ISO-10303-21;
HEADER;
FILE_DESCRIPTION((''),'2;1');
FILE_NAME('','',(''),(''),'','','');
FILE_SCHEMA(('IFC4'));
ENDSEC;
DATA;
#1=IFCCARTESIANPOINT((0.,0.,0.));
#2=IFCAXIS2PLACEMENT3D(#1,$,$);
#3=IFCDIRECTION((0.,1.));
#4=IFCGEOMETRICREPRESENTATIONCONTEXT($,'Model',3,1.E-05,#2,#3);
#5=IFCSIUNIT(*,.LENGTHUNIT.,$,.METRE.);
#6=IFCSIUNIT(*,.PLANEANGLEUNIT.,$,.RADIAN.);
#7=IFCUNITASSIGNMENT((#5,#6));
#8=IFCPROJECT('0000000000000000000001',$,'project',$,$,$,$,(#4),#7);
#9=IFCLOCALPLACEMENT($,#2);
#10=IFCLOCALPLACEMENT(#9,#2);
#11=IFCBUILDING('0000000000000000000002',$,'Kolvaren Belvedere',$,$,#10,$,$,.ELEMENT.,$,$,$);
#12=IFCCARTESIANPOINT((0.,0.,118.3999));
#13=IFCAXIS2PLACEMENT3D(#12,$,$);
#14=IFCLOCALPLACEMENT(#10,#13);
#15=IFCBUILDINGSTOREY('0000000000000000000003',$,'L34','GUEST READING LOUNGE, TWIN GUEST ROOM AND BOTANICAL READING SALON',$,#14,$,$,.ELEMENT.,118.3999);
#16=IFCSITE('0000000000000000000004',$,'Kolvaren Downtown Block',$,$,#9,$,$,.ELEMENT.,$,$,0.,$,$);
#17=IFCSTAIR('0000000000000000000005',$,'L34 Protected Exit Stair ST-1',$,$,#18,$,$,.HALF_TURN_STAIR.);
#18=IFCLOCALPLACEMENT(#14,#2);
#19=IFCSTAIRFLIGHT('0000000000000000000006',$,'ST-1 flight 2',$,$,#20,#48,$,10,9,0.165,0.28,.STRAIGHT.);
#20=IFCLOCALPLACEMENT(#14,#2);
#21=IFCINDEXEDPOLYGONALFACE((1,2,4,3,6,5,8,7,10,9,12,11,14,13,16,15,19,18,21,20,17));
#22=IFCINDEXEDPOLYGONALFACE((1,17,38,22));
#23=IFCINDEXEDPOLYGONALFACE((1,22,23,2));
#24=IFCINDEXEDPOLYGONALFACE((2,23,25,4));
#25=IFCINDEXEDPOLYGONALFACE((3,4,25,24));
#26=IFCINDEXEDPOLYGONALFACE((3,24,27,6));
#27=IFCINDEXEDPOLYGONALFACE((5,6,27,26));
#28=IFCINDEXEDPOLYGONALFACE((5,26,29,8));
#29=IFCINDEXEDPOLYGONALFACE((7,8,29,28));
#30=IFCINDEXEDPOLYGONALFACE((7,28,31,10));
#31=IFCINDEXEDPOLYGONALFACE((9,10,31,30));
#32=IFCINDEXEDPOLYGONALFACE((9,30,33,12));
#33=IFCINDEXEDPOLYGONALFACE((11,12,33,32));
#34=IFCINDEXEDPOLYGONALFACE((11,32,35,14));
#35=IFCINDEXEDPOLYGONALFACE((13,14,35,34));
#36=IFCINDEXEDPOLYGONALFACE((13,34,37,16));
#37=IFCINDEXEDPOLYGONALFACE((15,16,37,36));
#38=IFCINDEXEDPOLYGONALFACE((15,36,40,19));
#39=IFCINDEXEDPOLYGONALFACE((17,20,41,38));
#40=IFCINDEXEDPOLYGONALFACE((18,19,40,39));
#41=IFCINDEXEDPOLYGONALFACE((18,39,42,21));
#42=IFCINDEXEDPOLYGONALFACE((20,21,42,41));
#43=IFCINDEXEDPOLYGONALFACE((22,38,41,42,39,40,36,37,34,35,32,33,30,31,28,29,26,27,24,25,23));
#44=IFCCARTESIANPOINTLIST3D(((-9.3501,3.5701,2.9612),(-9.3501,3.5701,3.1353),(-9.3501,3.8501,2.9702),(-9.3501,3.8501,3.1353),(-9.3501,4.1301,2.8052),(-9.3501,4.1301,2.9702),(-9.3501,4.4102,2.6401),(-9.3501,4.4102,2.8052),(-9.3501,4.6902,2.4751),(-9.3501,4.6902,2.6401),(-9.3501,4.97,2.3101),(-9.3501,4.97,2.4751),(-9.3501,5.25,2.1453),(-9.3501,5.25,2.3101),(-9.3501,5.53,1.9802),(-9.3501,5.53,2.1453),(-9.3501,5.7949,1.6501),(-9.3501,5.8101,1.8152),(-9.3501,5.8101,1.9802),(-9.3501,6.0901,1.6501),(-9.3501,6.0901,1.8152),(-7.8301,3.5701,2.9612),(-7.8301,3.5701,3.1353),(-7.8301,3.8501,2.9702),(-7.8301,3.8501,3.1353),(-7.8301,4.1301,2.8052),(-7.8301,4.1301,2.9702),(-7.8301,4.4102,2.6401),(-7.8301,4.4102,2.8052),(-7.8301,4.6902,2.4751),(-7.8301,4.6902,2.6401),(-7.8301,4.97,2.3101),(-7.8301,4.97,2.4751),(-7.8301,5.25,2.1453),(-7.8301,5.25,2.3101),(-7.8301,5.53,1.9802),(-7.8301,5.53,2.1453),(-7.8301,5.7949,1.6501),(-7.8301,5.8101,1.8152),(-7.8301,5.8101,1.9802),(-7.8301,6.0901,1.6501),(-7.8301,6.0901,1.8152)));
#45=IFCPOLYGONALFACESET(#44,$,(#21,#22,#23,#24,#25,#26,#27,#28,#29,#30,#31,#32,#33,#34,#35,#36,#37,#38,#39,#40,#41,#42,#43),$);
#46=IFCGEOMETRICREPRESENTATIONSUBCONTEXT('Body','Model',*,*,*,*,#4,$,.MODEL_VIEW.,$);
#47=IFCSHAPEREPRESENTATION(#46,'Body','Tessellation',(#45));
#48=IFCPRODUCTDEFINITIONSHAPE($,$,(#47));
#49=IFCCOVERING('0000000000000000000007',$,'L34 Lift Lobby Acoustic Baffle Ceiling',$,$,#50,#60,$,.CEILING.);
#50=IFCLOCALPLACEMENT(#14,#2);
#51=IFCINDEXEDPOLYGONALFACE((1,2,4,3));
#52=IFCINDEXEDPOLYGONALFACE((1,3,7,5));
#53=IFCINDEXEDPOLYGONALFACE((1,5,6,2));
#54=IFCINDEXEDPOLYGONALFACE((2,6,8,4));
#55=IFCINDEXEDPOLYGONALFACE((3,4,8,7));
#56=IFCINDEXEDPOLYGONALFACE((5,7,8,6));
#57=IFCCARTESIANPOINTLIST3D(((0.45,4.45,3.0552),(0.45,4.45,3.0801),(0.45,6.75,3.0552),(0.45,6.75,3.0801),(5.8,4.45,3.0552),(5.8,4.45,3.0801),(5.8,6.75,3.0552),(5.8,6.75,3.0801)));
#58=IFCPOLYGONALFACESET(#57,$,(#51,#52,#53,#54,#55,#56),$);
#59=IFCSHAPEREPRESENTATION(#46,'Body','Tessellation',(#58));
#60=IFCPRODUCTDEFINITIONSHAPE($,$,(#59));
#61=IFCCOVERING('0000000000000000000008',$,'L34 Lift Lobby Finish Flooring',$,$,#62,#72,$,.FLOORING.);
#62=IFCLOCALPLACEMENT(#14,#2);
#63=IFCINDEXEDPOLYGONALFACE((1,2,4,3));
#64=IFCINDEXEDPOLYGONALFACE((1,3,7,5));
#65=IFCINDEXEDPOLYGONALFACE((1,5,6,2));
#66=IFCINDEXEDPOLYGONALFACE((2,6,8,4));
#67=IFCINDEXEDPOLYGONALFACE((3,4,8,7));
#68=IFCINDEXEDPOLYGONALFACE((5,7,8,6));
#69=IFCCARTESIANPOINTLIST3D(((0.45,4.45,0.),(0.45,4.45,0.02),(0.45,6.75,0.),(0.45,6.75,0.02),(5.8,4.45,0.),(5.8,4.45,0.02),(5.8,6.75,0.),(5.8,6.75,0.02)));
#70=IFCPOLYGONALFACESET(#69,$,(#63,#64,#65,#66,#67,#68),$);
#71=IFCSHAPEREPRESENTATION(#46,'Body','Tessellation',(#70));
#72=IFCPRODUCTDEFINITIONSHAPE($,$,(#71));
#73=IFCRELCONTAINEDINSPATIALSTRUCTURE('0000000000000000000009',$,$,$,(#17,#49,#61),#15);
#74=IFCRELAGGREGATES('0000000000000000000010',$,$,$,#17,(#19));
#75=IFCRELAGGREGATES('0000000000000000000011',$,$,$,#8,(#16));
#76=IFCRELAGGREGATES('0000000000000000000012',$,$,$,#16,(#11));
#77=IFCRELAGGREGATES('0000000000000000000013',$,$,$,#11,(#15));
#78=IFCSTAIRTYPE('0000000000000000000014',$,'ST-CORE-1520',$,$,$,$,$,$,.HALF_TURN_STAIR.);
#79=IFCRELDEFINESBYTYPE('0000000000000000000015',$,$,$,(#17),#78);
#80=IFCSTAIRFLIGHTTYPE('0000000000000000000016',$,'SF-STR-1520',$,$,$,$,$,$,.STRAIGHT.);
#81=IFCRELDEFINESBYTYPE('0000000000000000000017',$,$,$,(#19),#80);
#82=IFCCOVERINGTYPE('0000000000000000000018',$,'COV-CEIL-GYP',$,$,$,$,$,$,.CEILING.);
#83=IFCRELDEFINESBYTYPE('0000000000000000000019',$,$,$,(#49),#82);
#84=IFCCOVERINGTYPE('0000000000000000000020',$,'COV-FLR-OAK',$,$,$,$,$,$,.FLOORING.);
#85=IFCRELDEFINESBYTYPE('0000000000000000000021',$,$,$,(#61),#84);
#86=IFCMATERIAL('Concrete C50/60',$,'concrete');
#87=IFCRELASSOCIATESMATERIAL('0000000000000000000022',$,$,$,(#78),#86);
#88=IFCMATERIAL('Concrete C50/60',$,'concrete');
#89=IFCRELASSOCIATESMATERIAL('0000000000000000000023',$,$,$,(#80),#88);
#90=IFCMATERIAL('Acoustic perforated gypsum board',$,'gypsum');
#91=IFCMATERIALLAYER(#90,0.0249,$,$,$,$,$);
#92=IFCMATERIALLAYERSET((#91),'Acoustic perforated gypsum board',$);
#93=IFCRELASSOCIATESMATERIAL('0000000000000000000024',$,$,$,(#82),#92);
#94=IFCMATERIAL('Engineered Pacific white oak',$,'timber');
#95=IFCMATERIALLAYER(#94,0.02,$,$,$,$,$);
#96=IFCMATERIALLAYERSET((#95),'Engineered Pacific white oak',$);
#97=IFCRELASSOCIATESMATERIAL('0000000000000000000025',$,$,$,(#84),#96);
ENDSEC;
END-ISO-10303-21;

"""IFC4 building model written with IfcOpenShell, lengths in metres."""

from ifc_helpers import new_model, si_unit, direction, frame, origin, place, context, subcontext, project, spatial, polyline, outline, extrude, material, layer, layer_set, type_object, element, aggregate, save


model = new_model("IFC4")

# Units and contexts
model_context = context("Model", 3, precision=1e-05, world=origin(), true_north=direction((0.0, 1.0)))
body_context = subcontext(model_context, "Body", "Model", "MODEL_VIEW")
ifc_project = project(units=[si_unit("LENGTHUNIT", "METRE"), si_unit("PLANEANGLEUNIT", "RADIAN")], contexts=[model_context])

# Site, building, storey
site_placement = place(None, origin())
site = spatial("IfcSite", under=ifc_project, at=site_placement, Name="Kolvaren Downtown Block", CompositionType="ELEMENT", RefElevation=0.0)
building_placement = place(site_placement, origin())
building = spatial("IfcBuilding", under=site, at=building_placement, Name="Kolvaren Belvedere", CompositionType="ELEMENT")
storey_placement = place(building_placement, frame((0.0, 0.0, 118.3999)))
storey = spatial("IfcBuildingStorey", under=building, at=storey_placement, Name="L34", Description="GUEST READING LOUNGE, TWIN GUEST ROOM AND BOTANICAL READING SALON", CompositionType="ELEMENT", Elevation=118.3999)

# Stair
ifc_material_1 = material(Name="Concrete C50/60", Category="concrete")
stair_type = type_object("IfcStairType", Name="ST-CORE-1520", PredefinedType="HALF_TURN_STAIR", material=ifc_material_1)
stair_1_placement = place(storey_placement, origin())
stair_1 = element("IfcStair", 1, at=stair_1_placement, inside=storey, type_object=stair_type, Name="L34 Protected Exit Stair ST-1", PredefinedType="HALF_TURN_STAIR")

# Stair flight
ifc_material_2 = material(Name="Concrete C50/60", Category="concrete")
stair_flight_type = type_object("IfcStairFlightType", Name="SF-STR-1520", PredefinedType="STRAIGHT", material=ifc_material_2)
stair_flight_1_placement = place(storey_placement, frame((-8.5901, 6.0901, 1.6501), z_axis=(0.0, 0.0, 1.0), x_axis=(0.0, -1.0, 0.0)))
stair_flight_1 = element("IfcStairFlight", 2, at=stair_flight_1_placement, type_object=stair_flight_type, Name="ST-1 flight 2", NumberOfRisers=10, NumberOfTreads=9, PredefinedType="STRAIGHT", RiserHeight=0.165, TreadLength=0.28, context=body_context, shape_type="SweptSolid", body=[
    extrude(outline(polyline([(0.0, 0.0), (0.0, 0.165), (0.28, 0.165), (0.28, 0.3301), (0.5601, 0.3301), (0.5601, 0.4951), (0.8401, 0.4951), (0.8401, 0.6599), (1.1201, 0.6599), (1.1201, 0.825), (1.3999, 0.825), (1.3999, 0.99), (1.6799, 0.99), (1.6799, 1.155), (1.96, 1.155), (1.96, 1.3201), (2.24, 1.3201), (2.24, 1.4851), (2.52, 1.4851), (2.52, 1.6499), (2.52, 1.311), (0.2952, 0.0), (0.0, 0.0)])), frame((0.0, 0.76, 0.0), z_axis=(0.0, -1.0, 0.0), x_axis=(1.0, 0.0, 0.0)), (0.0, 0.0, 1.0), 1.52),
])
aggregate(stair_1, [stair_flight_1])

# Coverings
ifc_material_3 = material(Name="Acoustic perforated gypsum board", Category="gypsum")
ifc_layer_1 = layer(ifc_material_3, 0.0249)
ifc_layer_set_1 = layer_set([ifc_layer_1], Name="Acoustic perforated gypsum board")
covering_type_1 = type_object("IfcCoveringType", Name="COV-CEIL-GYP", PredefinedType="CEILING", material=ifc_layer_set_1)
covering_1_placement = place(storey_placement, frame((0.0, 0.0, 3.0552)))
element("IfcCovering", 3, at=covering_1_placement, inside=storey, type_object=covering_type_1, Name="L34 Lift Lobby Acoustic Baffle Ceiling", PredefinedType="CEILING", context=body_context, shape_type="SweptSolid", body=[
    extrude(outline(polyline([(0.45, 4.45), (5.8, 4.45), (5.8, 6.75), (0.45, 6.75), (0.45, 4.45)])), origin(), (0.0, 0.0, 1.0), 0.0249),
])
ifc_material_4 = material(Name="Engineered Pacific white oak", Category="timber")
ifc_layer_2 = layer(ifc_material_4, 0.02)
ifc_layer_set_2 = layer_set([ifc_layer_2], Name="Engineered Pacific white oak")
covering_type_2 = type_object("IfcCoveringType", Name="COV-FLR-OAK", PredefinedType="FLOORING", material=ifc_layer_set_2)
covering_2_placement = place(storey_placement, origin())
element("IfcCovering", 4, at=covering_2_placement, inside=storey, type_object=covering_type_2, Name="L34 Lift Lobby Finish Flooring", PredefinedType="FLOORING", context=body_context, shape_type="SweptSolid", body=[
    extrude(outline(polyline([(0.45, 4.45), (5.8, 4.45), (5.8, 6.75), (0.45, 6.75), (0.45, 4.45)])), origin(), (0.0, 0.0, 1.0), 0.02),
])

save(model, "model.ifc")
